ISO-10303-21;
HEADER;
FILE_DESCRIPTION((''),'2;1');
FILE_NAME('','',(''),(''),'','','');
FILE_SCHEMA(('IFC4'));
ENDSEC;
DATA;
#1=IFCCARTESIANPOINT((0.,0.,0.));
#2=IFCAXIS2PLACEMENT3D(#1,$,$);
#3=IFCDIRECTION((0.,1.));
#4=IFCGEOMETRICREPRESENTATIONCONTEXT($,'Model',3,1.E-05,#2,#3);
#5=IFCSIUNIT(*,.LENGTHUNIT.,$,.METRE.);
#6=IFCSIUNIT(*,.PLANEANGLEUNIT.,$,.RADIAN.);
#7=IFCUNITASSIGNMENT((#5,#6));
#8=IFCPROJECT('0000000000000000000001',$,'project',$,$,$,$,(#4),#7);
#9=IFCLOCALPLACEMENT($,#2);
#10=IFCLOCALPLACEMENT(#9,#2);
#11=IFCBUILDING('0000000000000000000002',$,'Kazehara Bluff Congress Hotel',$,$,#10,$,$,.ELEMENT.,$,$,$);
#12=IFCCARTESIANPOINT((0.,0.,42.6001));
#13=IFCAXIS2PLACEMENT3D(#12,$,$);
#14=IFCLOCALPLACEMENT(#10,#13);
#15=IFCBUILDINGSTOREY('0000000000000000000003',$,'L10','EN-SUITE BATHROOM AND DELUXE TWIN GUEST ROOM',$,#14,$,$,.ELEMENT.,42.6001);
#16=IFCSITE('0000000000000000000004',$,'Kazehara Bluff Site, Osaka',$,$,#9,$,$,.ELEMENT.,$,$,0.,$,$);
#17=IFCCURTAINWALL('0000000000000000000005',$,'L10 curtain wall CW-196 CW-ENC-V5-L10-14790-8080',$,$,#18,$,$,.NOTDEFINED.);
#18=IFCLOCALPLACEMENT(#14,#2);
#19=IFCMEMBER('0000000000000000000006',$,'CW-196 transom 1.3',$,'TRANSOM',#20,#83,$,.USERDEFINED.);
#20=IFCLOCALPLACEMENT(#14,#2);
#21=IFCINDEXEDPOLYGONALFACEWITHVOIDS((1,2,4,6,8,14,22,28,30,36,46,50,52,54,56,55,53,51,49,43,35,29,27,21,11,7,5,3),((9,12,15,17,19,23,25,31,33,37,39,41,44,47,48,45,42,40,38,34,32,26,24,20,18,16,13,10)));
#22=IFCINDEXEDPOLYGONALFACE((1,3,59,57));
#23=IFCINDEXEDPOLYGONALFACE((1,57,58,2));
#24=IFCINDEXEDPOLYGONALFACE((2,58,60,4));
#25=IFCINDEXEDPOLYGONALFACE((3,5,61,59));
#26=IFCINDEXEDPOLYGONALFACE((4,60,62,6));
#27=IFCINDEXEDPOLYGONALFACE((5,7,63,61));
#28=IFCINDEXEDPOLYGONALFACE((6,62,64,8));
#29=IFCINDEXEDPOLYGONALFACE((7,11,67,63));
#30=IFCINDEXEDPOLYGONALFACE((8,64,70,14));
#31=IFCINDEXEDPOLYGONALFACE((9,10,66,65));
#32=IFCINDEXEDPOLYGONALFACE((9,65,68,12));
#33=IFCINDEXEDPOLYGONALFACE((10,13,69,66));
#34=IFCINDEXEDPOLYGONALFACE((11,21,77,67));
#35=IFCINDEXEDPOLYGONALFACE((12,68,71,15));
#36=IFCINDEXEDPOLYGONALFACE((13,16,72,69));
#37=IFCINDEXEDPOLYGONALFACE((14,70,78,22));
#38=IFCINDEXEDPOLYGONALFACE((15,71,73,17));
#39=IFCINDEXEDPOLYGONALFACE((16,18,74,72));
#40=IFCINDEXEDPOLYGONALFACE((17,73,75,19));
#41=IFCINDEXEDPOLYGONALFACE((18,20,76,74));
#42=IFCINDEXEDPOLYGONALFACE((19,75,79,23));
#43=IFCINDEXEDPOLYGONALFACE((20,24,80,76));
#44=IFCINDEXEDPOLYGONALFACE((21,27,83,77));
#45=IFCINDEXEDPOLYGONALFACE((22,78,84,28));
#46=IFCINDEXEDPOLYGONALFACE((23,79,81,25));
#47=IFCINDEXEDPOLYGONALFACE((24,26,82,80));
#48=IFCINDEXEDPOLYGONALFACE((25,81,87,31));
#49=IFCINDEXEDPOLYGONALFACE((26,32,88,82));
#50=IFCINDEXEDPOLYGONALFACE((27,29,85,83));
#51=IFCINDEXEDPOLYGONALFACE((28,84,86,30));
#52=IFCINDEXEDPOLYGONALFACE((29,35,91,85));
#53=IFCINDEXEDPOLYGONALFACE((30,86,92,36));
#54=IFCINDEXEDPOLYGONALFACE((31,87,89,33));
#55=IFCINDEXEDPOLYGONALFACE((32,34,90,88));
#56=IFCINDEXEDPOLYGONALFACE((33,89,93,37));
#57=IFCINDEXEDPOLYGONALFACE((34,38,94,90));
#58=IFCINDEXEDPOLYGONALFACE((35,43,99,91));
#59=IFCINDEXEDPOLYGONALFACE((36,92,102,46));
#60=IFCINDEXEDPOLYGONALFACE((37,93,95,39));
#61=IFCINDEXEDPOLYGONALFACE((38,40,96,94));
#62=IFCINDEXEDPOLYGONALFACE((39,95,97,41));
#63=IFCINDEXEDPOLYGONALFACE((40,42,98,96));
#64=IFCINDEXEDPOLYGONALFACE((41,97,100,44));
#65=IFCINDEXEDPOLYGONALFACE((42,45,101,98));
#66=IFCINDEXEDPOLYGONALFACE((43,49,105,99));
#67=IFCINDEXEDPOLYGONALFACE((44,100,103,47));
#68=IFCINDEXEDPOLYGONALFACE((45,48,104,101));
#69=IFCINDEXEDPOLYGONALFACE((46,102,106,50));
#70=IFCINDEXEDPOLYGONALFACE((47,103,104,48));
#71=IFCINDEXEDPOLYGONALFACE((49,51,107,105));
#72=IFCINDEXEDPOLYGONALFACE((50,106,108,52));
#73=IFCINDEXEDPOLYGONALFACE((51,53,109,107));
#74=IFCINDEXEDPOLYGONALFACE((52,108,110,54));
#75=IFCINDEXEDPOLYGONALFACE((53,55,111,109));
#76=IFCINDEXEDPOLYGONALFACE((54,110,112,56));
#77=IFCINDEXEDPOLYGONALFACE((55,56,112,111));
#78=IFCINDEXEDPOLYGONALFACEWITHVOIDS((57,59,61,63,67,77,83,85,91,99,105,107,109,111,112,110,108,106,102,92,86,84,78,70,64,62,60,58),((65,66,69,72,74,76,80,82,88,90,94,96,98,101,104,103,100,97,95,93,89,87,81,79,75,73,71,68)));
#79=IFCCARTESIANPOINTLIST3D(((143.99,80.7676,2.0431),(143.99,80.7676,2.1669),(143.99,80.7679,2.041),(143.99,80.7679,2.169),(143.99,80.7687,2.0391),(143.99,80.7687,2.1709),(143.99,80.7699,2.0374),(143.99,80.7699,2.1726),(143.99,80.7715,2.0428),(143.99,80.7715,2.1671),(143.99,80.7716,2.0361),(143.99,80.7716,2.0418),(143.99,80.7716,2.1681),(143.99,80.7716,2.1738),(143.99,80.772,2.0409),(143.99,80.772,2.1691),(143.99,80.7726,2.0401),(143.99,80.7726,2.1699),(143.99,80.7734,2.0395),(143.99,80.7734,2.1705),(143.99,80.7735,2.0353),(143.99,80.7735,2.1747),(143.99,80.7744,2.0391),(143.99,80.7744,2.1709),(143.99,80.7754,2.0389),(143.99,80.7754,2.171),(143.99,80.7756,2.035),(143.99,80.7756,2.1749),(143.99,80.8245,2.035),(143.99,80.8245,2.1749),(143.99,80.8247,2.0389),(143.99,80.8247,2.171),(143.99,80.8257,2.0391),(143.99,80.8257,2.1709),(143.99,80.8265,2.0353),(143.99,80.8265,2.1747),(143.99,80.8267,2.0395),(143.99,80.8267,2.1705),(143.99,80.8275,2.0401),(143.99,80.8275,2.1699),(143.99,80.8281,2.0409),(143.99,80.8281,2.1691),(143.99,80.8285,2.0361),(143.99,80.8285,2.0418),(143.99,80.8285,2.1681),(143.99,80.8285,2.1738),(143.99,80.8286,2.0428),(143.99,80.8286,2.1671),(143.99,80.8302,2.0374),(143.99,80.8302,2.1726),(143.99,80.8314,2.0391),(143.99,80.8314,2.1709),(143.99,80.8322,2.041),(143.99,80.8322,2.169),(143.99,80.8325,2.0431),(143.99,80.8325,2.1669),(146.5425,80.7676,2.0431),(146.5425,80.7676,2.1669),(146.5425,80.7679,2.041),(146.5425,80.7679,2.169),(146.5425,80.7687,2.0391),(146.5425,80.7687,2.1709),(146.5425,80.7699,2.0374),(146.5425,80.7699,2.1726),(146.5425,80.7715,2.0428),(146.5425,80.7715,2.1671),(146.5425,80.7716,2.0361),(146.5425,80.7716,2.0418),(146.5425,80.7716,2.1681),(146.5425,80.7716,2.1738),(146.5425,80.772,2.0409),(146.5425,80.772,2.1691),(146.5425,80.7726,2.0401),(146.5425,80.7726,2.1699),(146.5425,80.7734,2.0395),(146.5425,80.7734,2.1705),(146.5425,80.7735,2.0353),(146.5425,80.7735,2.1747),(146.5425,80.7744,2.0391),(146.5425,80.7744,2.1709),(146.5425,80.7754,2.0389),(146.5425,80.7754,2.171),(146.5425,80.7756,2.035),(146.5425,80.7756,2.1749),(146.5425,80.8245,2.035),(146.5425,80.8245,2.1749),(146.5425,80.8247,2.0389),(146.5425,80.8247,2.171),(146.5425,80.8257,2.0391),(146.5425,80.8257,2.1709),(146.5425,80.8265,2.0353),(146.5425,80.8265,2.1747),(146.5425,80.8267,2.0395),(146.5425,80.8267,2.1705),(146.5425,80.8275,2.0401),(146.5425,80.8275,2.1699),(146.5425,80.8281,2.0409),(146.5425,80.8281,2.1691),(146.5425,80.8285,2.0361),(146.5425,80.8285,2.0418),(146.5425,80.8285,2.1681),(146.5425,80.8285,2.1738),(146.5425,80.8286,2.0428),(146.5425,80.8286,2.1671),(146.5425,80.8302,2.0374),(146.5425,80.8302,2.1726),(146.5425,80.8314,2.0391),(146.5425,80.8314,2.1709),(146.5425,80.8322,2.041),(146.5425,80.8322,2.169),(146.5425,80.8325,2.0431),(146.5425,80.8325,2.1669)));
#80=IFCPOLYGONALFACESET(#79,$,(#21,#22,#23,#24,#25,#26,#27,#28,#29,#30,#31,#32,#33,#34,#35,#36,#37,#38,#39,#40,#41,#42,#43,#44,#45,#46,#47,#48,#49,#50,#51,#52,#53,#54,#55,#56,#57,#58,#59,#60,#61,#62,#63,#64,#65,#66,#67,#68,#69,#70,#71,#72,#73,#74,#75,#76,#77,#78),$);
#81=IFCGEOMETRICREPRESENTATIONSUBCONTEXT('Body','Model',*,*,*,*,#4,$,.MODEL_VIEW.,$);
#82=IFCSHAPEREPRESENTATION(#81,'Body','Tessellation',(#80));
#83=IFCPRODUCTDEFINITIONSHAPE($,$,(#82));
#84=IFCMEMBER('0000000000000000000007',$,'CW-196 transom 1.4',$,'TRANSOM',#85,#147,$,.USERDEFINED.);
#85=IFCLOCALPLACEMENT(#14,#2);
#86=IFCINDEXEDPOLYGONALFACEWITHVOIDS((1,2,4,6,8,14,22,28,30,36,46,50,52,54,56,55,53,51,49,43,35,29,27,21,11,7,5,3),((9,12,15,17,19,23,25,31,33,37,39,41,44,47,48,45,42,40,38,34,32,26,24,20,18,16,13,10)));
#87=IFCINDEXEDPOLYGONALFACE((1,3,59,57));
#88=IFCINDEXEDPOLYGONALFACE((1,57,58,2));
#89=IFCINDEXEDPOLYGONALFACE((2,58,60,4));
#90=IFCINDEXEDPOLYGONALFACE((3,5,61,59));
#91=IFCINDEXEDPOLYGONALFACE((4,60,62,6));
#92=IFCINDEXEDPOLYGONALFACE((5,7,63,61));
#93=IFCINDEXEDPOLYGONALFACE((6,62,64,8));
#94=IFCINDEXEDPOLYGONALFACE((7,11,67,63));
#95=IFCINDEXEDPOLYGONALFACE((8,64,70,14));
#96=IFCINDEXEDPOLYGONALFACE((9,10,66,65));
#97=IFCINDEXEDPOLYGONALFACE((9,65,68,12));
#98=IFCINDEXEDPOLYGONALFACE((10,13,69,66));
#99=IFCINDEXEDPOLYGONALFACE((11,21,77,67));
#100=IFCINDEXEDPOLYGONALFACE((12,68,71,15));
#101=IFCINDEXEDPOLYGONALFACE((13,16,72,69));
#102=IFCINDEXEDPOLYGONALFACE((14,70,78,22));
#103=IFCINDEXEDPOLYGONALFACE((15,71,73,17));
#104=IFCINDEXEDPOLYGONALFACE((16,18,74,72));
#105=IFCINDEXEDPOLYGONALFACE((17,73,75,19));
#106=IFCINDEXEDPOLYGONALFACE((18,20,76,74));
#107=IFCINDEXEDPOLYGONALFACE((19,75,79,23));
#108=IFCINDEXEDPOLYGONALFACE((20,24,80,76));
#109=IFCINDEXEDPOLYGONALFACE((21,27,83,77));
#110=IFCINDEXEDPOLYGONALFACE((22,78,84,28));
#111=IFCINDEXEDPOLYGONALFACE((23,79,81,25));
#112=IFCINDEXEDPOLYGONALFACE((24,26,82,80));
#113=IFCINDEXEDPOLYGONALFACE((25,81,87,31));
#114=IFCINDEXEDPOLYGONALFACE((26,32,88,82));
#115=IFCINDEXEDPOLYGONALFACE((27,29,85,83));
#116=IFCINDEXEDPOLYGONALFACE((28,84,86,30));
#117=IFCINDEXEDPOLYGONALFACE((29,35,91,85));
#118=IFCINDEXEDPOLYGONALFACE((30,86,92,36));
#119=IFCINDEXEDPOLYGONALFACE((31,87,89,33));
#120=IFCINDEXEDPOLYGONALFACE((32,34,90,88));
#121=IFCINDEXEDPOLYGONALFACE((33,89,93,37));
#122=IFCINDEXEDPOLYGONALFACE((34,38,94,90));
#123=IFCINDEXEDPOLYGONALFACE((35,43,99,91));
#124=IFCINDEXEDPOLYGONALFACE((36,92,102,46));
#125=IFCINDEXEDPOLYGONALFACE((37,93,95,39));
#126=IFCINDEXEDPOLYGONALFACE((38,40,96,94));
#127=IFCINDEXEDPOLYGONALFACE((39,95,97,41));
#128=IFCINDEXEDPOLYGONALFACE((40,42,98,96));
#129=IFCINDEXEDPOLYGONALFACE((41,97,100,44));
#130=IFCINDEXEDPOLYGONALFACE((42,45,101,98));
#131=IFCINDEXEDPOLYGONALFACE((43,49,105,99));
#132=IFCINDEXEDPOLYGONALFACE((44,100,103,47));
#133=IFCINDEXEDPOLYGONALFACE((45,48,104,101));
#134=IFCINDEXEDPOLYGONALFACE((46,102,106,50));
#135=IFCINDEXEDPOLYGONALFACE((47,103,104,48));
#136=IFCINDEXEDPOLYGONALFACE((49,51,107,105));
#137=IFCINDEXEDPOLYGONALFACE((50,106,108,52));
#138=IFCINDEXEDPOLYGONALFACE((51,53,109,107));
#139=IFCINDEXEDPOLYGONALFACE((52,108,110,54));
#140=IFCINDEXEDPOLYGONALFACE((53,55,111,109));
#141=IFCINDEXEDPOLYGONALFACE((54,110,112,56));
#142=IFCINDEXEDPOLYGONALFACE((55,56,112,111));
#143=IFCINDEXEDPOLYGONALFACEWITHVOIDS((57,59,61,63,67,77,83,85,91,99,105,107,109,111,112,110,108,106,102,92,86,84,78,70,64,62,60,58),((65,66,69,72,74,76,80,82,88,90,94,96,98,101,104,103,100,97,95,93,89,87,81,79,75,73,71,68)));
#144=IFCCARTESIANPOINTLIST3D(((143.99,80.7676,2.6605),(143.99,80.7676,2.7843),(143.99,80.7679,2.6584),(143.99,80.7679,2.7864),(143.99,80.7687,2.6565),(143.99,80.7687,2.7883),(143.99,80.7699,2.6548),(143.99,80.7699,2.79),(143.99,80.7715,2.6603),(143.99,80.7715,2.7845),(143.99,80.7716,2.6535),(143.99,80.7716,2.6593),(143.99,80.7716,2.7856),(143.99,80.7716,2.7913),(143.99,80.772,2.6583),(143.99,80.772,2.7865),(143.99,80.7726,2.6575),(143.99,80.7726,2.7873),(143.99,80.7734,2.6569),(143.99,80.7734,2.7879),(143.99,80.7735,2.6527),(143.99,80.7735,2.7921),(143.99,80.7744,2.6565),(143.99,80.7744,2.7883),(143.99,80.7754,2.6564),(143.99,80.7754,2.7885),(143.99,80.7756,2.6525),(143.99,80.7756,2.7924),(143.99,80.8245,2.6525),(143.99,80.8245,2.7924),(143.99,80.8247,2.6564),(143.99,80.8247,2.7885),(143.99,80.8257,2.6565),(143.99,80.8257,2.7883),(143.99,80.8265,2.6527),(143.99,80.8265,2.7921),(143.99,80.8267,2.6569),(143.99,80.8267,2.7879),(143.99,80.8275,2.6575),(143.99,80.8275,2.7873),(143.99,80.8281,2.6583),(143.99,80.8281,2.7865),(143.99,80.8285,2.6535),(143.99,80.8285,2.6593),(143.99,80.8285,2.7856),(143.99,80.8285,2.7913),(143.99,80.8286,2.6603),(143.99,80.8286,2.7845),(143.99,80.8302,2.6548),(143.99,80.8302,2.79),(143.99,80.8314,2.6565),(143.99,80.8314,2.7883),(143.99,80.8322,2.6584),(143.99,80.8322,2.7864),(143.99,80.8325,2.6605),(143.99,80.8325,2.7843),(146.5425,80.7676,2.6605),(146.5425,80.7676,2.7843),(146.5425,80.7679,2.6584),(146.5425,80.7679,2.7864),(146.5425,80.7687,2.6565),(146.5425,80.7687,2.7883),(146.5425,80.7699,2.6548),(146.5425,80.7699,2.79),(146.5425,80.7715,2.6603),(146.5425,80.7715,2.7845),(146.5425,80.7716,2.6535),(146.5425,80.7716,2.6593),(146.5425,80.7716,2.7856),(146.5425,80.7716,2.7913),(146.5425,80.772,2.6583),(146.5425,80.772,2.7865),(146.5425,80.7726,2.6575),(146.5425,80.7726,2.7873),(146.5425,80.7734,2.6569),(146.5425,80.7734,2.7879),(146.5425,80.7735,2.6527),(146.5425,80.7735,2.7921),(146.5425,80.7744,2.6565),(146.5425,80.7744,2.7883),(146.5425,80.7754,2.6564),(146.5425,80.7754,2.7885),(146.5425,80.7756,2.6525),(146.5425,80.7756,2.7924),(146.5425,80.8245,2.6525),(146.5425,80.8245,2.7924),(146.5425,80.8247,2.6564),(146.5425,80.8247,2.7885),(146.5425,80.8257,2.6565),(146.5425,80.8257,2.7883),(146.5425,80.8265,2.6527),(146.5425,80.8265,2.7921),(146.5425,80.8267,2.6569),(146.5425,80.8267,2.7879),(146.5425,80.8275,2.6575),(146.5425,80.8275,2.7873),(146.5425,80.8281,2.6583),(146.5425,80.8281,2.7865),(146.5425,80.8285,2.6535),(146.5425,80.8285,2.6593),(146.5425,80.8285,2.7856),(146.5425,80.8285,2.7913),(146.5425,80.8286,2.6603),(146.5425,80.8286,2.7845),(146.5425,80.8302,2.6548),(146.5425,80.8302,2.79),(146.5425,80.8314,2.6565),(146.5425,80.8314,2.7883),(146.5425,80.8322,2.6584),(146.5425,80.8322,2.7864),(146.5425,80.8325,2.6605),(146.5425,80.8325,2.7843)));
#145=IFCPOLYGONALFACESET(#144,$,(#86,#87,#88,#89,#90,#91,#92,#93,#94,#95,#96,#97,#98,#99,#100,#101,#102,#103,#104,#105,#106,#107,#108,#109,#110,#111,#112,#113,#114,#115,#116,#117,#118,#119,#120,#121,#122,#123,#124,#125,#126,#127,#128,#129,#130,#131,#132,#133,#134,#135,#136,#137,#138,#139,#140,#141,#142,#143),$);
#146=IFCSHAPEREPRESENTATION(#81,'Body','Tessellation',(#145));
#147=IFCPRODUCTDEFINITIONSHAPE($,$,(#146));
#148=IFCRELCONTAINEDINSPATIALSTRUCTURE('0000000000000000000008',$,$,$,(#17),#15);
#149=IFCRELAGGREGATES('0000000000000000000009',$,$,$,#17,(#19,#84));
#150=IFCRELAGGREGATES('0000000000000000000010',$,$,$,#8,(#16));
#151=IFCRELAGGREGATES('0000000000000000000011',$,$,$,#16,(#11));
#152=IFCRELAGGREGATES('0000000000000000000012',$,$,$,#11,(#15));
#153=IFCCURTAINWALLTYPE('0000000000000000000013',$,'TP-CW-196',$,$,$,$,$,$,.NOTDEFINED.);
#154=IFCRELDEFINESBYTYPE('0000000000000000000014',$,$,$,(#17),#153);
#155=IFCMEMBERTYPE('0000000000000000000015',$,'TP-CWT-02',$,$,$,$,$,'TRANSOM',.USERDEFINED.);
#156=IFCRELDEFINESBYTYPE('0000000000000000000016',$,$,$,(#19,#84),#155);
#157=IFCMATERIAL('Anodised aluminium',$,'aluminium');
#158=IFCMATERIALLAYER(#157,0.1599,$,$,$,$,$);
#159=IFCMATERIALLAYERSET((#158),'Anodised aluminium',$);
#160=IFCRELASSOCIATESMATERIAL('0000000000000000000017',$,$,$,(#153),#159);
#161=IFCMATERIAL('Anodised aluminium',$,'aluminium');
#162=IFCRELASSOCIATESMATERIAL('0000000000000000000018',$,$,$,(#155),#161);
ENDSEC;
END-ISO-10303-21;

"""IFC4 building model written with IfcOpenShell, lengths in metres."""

from ifc_helpers import new_model, si_unit, direction, frame, origin, origin_2d, place, context, subcontext, project, spatial, hollow_rectangle, extrude, material, layer, layer_set, material_profile, profile_set, type_object, element, aggregate, save


model = new_model("IFC4")

# Units and contexts
model_context = context("Model", 3, precision=1e-05, world=origin(), true_north=direction((0.0, 1.0)))
body_context = subcontext(model_context, "Body", "Model", "MODEL_VIEW")
ifc_project = project(units=[si_unit("LENGTHUNIT", "METRE"), si_unit("PLANEANGLEUNIT", "RADIAN")], contexts=[model_context])

# Site, building, storey
site_placement = place(None, origin())
site = spatial("IfcSite", under=ifc_project, at=site_placement, Name="Kazehara Bluff Site, Osaka", CompositionType="ELEMENT", RefElevation=0.0)
building_placement = place(site_placement, origin())
building = spatial("IfcBuilding", under=site, at=building_placement, Name="Kazehara Bluff Congress Hotel", CompositionType="ELEMENT")
storey_placement = place(building_placement, frame((0.0, 0.0, 42.6001)))
storey = spatial("IfcBuildingStorey", under=building, at=storey_placement, Name="L10", Description="EN-SUITE BATHROOM AND DELUXE TWIN GUEST ROOM", CompositionType="ELEMENT", Elevation=42.6001)

# Curtain wall, members
ifc_material_1 = material(Name="Anodised aluminium", Category="aluminium")
ifc_layer_1 = layer(ifc_material_1, 0.1599)
ifc_layer_set_1 = layer_set([ifc_layer_1], Name="Anodised aluminium")
curtain_wall_type = type_object("IfcCurtainWallType", Name="TP-CW-196", PredefinedType="NOTDEFINED", material=ifc_layer_set_1)
curtain_wall_placement = place(storey_placement, origin())
curtain_wall = element("IfcCurtainWall", 1, at=curtain_wall_placement, inside=storey, type_object=curtain_wall_type, Name="L10 curtain wall CW-196 CW-ENC-V5-L10-14790-8080", PredefinedType="NOTDEFINED")
ifc_material_2 = material(Name="Anodised aluminium", Category="aluminium")
ifc_material_profile_1 = material_profile(ifc_material_2, hollow_rectangle(XDim=0.0649, YDim=0.1399, WallThickness=0.0039, InnerFilletRadius=0.0039, OuterFilletRadius=0.0081, at=origin_2d()))
ifc_profile_set_1 = profile_set([ifc_material_profile_1], Name="Anodised aluminium")
member_type_1 = type_object("IfcMemberType", Name="TP-CWT-02", ElementType="TRANSOM", PredefinedType="USERDEFINED", material=ifc_profile_set_1)
member_1_placement = place(storey_placement, frame((143.99, 80.8, 2.105), z_axis=(1.0, 0.0, 0.0), x_axis=(0.0, 1.0, 0.0)))
member_1 = element("IfcMember", 2, at=member_1_placement, type_object=member_type_1, Name="CW-196 transom 1.3", ObjectType="TRANSOM", PredefinedType="USERDEFINED", context=body_context, shape_type="SweptSolid", body=[
    extrude(hollow_rectangle(XDim=0.0649, YDim=0.1399, WallThickness=0.0039, InnerFilletRadius=0.0039, OuterFilletRadius=0.0081, at=origin_2d()), origin(), (0.0, 0.0, 1.0), 2.5525),
])
member_2_placement = place(storey_placement, frame((143.99, 80.8, 2.7224), z_axis=(1.0, 0.0, 0.0), x_axis=(0.0, 1.0, 0.0)))
member_2 = element("IfcMember", 3, at=member_2_placement, type_object=member_type_1, Name="CW-196 transom 1.4", ObjectType="TRANSOM", PredefinedType="USERDEFINED", context=body_context, shape_type="SweptSolid", body=[
    extrude(hollow_rectangle(XDim=0.0649, YDim=0.1399, WallThickness=0.0039, InnerFilletRadius=0.0039, OuterFilletRadius=0.0081, at=origin_2d()), origin(), (0.0, 0.0, 1.0), 2.5525),
])

aggregate(curtain_wall, [member_1, member_2])

save(model, "model.ifc")
